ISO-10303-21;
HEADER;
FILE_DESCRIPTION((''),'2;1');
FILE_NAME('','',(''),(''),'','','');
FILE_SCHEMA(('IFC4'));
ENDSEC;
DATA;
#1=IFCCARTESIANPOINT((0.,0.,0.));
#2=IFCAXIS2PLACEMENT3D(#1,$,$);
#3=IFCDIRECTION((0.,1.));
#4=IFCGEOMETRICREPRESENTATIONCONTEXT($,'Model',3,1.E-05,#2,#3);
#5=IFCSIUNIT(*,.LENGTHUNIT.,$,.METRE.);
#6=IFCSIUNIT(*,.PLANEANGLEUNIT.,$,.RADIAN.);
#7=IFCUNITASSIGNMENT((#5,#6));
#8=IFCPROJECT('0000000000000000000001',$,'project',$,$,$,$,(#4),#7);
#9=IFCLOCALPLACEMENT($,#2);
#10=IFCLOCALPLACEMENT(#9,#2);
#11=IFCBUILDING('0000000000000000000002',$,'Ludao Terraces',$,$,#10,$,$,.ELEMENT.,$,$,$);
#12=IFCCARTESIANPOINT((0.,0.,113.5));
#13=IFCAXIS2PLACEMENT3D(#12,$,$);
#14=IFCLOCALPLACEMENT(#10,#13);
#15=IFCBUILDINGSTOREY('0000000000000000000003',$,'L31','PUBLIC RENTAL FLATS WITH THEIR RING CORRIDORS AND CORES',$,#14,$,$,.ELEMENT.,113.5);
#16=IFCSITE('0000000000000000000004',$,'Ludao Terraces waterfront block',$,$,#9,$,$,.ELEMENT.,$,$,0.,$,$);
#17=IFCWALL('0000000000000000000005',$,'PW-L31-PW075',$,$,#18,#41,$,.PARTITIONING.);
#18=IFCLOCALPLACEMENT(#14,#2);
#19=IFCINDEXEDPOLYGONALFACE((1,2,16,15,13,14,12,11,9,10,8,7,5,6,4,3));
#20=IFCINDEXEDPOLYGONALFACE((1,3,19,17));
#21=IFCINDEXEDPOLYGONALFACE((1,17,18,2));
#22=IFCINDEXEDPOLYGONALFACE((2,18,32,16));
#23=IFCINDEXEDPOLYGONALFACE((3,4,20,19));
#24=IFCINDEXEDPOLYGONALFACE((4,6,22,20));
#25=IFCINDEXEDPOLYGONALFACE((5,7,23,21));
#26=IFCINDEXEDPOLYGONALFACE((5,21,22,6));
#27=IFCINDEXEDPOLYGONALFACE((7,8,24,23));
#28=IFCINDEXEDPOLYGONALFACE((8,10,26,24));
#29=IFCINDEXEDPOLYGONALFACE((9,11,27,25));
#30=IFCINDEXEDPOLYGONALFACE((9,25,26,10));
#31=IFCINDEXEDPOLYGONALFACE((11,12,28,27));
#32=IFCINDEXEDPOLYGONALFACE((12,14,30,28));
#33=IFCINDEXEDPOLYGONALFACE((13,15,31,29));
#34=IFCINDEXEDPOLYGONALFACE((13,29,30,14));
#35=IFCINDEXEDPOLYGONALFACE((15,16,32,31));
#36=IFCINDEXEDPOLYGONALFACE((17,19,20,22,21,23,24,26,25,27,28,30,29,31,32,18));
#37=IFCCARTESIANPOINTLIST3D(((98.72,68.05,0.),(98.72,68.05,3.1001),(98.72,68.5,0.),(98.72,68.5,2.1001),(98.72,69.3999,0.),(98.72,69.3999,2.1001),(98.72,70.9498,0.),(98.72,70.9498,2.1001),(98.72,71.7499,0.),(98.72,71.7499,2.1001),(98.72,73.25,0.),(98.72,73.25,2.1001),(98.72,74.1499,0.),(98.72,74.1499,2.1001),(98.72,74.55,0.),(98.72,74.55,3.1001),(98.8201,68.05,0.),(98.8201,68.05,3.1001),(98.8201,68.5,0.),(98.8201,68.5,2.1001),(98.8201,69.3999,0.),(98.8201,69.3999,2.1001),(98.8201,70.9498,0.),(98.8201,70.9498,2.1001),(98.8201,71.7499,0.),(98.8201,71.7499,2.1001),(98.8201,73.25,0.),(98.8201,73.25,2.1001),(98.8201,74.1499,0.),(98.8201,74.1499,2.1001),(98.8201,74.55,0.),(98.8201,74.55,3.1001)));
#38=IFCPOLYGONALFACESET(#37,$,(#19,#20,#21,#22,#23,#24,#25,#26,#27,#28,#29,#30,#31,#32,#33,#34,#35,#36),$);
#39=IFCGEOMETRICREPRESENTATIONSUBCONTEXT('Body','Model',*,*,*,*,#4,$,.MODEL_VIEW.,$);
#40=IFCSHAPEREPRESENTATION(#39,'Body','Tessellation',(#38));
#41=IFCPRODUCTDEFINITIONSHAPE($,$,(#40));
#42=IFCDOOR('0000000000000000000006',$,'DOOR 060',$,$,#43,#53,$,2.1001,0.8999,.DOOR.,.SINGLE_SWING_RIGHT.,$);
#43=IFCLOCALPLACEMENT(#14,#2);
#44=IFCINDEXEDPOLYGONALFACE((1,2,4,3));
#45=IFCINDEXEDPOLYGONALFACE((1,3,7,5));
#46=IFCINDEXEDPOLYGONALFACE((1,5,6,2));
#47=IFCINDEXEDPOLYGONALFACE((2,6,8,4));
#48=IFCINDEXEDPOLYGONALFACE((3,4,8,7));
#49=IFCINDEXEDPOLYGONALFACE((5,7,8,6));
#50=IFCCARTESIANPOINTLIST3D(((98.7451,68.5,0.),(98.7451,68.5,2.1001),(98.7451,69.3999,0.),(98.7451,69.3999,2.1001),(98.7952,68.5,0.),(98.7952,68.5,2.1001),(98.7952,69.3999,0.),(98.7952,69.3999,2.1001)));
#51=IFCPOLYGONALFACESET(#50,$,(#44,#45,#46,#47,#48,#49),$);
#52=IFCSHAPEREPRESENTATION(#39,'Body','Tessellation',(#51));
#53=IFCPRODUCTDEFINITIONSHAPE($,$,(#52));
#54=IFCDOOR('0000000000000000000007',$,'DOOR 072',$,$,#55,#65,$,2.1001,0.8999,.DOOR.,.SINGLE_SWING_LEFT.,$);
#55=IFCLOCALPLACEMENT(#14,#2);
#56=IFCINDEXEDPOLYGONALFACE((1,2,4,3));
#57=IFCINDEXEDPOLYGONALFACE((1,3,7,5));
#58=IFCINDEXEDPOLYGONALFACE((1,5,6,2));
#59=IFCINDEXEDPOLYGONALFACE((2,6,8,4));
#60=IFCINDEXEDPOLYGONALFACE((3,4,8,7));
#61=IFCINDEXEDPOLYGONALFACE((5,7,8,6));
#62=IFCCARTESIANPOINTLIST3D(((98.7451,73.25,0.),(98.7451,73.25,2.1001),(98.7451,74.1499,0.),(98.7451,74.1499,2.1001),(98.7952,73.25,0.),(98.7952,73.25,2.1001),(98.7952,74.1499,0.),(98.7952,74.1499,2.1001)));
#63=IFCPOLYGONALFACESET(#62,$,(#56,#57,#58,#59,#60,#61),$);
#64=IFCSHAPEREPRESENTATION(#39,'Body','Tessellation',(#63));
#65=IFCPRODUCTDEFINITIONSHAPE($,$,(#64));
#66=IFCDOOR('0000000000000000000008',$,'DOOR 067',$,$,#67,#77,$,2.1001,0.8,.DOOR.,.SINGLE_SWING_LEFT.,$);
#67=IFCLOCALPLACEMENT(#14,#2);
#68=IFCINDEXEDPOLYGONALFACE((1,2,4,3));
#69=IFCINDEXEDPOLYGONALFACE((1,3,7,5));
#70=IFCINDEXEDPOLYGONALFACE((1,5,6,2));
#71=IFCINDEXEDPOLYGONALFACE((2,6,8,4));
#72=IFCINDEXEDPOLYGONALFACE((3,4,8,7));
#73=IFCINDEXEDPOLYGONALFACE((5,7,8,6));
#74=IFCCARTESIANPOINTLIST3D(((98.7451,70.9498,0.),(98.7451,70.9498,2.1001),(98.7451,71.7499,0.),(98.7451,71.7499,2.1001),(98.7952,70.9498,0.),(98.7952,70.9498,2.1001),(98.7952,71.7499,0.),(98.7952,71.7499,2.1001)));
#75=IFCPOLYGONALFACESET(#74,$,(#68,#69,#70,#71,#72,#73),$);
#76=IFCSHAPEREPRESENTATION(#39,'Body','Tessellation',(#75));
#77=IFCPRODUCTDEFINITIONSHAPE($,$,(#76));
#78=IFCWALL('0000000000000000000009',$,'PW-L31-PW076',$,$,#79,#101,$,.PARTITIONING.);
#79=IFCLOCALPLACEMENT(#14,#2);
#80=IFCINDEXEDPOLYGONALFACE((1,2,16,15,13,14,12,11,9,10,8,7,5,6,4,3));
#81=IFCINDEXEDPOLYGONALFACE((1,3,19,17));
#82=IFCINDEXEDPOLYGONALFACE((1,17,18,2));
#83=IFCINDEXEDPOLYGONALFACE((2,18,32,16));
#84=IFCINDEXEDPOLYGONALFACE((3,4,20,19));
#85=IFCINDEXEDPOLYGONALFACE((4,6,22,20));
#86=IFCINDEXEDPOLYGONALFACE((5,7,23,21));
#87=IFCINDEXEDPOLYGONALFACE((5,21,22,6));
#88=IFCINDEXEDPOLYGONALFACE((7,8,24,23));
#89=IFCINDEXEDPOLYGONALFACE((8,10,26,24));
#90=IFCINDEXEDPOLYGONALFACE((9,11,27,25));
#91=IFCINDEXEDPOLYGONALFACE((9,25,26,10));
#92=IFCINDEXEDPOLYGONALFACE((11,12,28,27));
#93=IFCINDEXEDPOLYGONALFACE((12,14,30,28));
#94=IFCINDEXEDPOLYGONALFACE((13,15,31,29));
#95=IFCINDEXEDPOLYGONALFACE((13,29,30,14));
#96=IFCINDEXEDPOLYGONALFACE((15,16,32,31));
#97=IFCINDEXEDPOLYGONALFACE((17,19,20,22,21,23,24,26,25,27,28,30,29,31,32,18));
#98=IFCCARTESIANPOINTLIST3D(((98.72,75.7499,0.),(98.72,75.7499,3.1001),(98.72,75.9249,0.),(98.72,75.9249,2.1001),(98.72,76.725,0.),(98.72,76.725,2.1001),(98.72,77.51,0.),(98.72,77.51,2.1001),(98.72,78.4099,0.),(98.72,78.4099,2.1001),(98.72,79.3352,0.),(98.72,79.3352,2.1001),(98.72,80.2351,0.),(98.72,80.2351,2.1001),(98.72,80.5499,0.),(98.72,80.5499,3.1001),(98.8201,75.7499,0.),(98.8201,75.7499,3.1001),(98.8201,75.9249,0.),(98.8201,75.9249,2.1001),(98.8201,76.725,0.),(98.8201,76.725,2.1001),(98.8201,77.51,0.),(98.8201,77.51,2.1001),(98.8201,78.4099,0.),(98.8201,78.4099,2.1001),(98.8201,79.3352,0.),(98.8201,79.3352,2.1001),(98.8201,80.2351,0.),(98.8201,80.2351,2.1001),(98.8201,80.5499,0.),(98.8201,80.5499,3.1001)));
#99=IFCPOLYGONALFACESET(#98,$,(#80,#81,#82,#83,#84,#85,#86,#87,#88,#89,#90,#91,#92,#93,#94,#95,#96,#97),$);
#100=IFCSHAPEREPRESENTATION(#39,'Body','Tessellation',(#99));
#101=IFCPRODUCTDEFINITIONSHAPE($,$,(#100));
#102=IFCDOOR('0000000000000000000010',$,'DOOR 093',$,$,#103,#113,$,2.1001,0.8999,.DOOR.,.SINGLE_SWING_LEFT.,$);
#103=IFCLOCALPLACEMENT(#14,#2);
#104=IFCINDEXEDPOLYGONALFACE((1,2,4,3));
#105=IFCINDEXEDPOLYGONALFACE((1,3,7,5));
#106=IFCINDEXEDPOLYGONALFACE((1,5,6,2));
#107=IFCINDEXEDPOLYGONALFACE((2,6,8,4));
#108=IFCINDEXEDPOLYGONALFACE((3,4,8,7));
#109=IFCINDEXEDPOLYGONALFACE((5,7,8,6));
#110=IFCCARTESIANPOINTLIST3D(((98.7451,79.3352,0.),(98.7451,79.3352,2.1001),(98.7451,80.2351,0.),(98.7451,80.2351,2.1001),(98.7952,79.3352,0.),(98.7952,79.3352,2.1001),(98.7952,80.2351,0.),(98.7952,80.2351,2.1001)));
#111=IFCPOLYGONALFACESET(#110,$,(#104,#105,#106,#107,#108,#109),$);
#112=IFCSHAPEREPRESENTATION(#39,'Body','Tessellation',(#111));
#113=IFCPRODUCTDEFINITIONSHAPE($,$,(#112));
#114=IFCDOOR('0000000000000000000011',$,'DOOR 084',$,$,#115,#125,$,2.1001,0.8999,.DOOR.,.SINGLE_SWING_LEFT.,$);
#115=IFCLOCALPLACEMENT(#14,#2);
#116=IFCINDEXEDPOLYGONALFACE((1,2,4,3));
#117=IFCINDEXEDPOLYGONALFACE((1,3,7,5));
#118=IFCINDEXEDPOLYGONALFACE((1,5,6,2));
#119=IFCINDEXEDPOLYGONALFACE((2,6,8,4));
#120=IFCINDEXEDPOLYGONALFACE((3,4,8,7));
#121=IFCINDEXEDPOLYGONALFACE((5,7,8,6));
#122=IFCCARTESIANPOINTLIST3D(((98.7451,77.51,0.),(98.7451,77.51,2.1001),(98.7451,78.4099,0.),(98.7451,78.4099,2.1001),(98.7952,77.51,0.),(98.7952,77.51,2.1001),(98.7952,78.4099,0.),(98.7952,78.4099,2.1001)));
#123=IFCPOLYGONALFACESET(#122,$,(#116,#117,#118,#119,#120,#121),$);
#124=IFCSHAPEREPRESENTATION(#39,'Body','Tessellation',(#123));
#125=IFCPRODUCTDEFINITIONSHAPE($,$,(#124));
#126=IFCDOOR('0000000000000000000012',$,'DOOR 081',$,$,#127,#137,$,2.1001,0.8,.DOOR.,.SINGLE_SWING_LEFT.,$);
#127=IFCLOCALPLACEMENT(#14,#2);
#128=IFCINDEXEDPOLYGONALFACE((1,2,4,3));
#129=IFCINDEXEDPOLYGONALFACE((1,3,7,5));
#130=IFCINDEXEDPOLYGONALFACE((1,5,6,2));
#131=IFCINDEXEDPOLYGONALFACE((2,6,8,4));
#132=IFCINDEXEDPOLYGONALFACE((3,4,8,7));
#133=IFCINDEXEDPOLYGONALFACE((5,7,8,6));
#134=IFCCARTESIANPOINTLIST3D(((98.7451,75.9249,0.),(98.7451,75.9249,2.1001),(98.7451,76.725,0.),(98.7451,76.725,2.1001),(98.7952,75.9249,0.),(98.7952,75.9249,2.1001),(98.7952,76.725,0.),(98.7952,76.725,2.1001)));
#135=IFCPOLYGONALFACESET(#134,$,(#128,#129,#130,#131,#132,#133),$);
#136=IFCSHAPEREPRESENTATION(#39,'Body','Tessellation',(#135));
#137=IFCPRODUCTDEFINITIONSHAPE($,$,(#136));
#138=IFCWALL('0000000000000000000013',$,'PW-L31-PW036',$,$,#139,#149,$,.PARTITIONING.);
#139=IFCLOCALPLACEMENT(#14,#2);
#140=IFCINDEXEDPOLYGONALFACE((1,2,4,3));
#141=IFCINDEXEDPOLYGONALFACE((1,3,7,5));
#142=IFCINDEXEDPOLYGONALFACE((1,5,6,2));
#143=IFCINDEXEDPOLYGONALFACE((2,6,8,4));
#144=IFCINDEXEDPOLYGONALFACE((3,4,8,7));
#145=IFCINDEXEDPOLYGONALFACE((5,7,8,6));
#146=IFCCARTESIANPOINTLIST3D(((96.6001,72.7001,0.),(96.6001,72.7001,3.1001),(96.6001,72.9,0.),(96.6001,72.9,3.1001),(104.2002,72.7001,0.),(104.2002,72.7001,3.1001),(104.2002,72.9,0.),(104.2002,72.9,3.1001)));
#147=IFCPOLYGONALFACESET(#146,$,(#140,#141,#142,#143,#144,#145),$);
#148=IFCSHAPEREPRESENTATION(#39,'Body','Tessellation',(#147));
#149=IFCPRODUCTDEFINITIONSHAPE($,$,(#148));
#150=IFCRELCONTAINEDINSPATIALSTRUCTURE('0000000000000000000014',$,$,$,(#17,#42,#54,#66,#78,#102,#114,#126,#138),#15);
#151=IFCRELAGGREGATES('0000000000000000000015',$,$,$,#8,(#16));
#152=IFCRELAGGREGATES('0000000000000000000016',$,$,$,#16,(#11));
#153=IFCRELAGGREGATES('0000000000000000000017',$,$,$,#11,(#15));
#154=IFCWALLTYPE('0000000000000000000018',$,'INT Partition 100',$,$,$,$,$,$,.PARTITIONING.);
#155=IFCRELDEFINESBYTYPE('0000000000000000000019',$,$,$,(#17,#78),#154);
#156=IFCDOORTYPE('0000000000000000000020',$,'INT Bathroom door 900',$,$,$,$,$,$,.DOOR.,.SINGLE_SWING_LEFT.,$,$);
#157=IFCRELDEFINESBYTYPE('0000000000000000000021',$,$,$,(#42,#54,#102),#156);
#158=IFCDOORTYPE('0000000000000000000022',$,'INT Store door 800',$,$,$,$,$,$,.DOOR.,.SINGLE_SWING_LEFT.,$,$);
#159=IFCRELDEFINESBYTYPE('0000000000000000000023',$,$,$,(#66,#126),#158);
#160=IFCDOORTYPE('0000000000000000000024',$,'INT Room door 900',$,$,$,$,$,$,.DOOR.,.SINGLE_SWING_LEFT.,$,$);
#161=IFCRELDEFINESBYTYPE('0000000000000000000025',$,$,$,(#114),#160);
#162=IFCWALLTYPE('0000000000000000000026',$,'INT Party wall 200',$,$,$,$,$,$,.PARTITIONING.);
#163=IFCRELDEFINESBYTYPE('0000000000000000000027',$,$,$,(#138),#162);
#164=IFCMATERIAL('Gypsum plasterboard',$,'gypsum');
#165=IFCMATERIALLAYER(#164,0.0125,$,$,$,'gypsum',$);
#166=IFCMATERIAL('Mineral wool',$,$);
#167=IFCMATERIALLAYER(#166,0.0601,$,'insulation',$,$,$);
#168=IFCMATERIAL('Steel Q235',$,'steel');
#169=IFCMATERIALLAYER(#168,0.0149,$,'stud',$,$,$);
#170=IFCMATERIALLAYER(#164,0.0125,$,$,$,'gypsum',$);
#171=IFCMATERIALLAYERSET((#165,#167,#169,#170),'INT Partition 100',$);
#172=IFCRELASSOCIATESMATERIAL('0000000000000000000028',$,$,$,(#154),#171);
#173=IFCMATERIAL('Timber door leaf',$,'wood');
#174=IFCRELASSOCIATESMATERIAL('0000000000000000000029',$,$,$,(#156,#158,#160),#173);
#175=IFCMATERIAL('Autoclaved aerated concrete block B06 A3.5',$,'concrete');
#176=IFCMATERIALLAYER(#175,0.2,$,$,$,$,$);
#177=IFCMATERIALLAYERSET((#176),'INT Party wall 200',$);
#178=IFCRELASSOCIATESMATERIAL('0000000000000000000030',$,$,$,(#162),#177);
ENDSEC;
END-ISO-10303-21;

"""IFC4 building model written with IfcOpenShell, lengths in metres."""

from ifc_helpers import new_model, si_unit, direction, frame, frame_2d, origin, place, context, subcontext, project, spatial, rectangle, extrude, material, layer, layer_set, type_object, element, fill, save


model = new_model("IFC4")

# Units and contexts
model_context = context("Model", 3, precision=1e-05, world=origin(), true_north=direction((0.0, 1.0)))
body_context = subcontext(model_context, "Body", "Model", "MODEL_VIEW")
ifc_project = project(units=[si_unit("LENGTHUNIT", "METRE"), si_unit("PLANEANGLEUNIT", "RADIAN")], contexts=[model_context])

# Site, building, storey
site_placement = place(None, origin())
site = spatial("IfcSite", under=ifc_project, at=site_placement, Name="Ludao Terraces waterfront block", CompositionType="ELEMENT", RefElevation=0.0)
building_placement = place(site_placement, origin())
building = spatial("IfcBuilding", under=site, at=building_placement, Name="Ludao Terraces", CompositionType="ELEMENT")
storey_placement = place(building_placement, frame((0.0, 0.0, 113.5)))
storey = spatial("IfcBuildingStorey", under=building, at=storey_placement, Name="L31", Description="PUBLIC RENTAL FLATS WITH THEIR RING CORRIDORS AND CORES", CompositionType="ELEMENT", Elevation=113.5)

# Shared definitions
ifc_material_1 = material(Name="Mineral wool")

# Shared definitions
ifc_material_2 = material(Name="Gypsum plasterboard", Category="gypsum")
ifc_layer_1 = layer(ifc_material_2, 0.0125, Category="gypsum")
ifc_layer_2 = layer(ifc_material_1, 0.0601, Name="insulation")
ifc_material_3 = material(Name="Steel Q235", Category="steel")
ifc_layer_3 = layer(ifc_material_3, 0.0149, Name="stud")
ifc_layer_4 = layer(ifc_material_2, 0.0125, Category="gypsum")
ifc_layer_set_1 = layer_set([ifc_layer_1, ifc_layer_2, ifc_layer_3, ifc_layer_4], Name="INT Partition 100")
wall_type_1 = type_object("IfcWallType", Name="INT Partition 100", PredefinedType="PARTITIONING", material=ifc_layer_set_1)

# Walls, openings, doors
wall_1_placement = place(storey_placement, frame((98.77, 68.05, 0.0), z_axis=(0.0, 0.0, 1.0), x_axis=(0.0, 1.0, 0.0)))
wall_1 = element("IfcWall", 1, at=wall_1_placement, inside=storey, type_object=wall_type_1, Name="PW-L31-PW075", PredefinedType="PARTITIONING", context=body_context, shape_type="SweptSolid", body=[
    extrude(rectangle(XDim=6.5, YDim=0.1001, at=frame_2d((3.25, 0.0))), origin(), (0.0, 0.0, 1.0), 3.1001),
])
opening_1_placement = place(wall_1_placement, frame((0.45, 0.0, 0.0)))
opening_1 = element("IfcOpeningElement", 2, at=opening_1_placement, cuts=wall_1, PredefinedType="OPENING", context=body_context, shape_type="SweptSolid", body=[
    extrude(rectangle(XDim=0.8999, YDim=2.1001, at=frame_2d((0.45, 1.05))), frame((0.0, 0.0601, 0.0), z_axis=(0.0, -1.0, 0.0), x_axis=(1.0, 0.0, 0.0)), (0.0, 0.0, 1.0), 0.1201),
])
opening_2_placement = place(wall_1_placement, frame((2.8999, 0.0, 0.0)))
opening_2 = element("IfcOpeningElement", 3, at=opening_2_placement, cuts=wall_1, PredefinedType="OPENING", context=body_context, shape_type="SweptSolid", body=[
    extrude(rectangle(XDim=0.8, YDim=2.1001, at=frame_2d((0.3999, 1.05))), frame((0.0, 0.0601, 0.0), z_axis=(0.0, -1.0, 0.0), x_axis=(1.0, 0.0, 0.0)), (0.0, 0.0, 1.0), 0.1201),
])
opening_3_placement = place(wall_1_placement, frame((5.2, 0.0, 0.0)))
opening_3 = element("IfcOpeningElement", 4, at=opening_3_placement, cuts=wall_1, PredefinedType="OPENING", context=body_context, shape_type="SweptSolid", body=[
    extrude(rectangle(XDim=0.8999, YDim=2.1001, at=frame_2d((0.45, 1.05))), frame((0.0, 0.0601, 0.0), z_axis=(0.0, -1.0, 0.0), x_axis=(1.0, 0.0, 0.0)), (0.0, 0.0, 1.0), 0.1201),
])
ifc_material_4 = material(Name="Timber door leaf", Category="wood")
door_type_1 = type_object("IfcDoorType", Name="INT Bathroom door 900", OperationType="SINGLE_SWING_LEFT", PredefinedType="DOOR", material=ifc_material_4)
door_1_placement = place(opening_1_placement, origin())
door_1 = element("IfcDoor", 5, at=door_1_placement, inside=storey, type_object=door_type_1, Name="DOOR 060", OperationType="SINGLE_SWING_RIGHT", OverallHeight=2.1001, OverallWidth=0.8999, PredefinedType="DOOR", context=body_context, shape_type="SweptSolid", body=[
    extrude(rectangle(XDim=0.8999, YDim=2.1001, at=frame_2d((0.45, 1.05))), frame((0.0, 0.0249, 0.0), z_axis=(0.0, -1.0, 0.0), x_axis=(1.0, 0.0, 0.0)), (0.0, 0.0, 1.0), 0.05),
])
fill(opening_1, door_1)
door_2_placement = place(opening_3_placement, origin())
door_2 = element("IfcDoor", 6, at=door_2_placement, inside=storey, type_object=door_type_1, Name="DOOR 072", OperationType="SINGLE_SWING_LEFT", OverallHeight=2.1001, OverallWidth=0.8999, PredefinedType="DOOR", context=body_context, shape_type="SweptSolid", body=[
    extrude(rectangle(XDim=0.8999, YDim=2.1001, at=frame_2d((0.45, 1.05))), frame((0.0, 0.0249, 0.0), z_axis=(0.0, -1.0, 0.0), x_axis=(1.0, 0.0, 0.0)), (0.0, 0.0, 1.0), 0.05),
])
fill(opening_3, door_2)
door_type_2 = type_object("IfcDoorType", Name="INT Store door 800", OperationType="SINGLE_SWING_LEFT", PredefinedType="DOOR", material=ifc_material_4)
door_3_placement = place(opening_2_placement, origin())
door_3 = element("IfcDoor", 7, at=door_3_placement, inside=storey, type_object=door_type_2, Name="DOOR 067", OperationType="SINGLE_SWING_LEFT", OverallHeight=2.1001, OverallWidth=0.8, PredefinedType="DOOR", context=body_context, shape_type="SweptSolid", body=[
    extrude(rectangle(XDim=0.8, YDim=2.1001, at=frame_2d((0.3999, 1.05))), frame((0.0, 0.0249, 0.0), z_axis=(0.0, -1.0, 0.0), x_axis=(1.0, 0.0, 0.0)), (0.0, 0.0, 1.0), 0.05),
])
fill(opening_2, door_3)
wall_2_placement = place(storey_placement, frame((98.77, 75.75, 0.0), z_axis=(0.0, 0.0, 1.0), x_axis=(0.0, 1.0, 0.0)))
wall_2 = element("IfcWall", 8, at=wall_2_placement, inside=storey, type_object=wall_type_1, Name="PW-L31-PW076", PredefinedType="PARTITIONING", context=body_context, shape_type="SweptSolid", body=[
    extrude(rectangle(XDim=4.8, YDim=0.1001, at=frame_2d((2.3999, 0.0))), origin(), (0.0, 0.0, 1.0), 3.1001),
])
opening_4_placement = place(wall_2_placement, frame((0.175, 0.0, 0.0)))
opening_4 = element("IfcOpeningElement", 9, at=opening_4_placement, cuts=wall_2, PredefinedType="OPENING", context=body_context, shape_type="SweptSolid", body=[
    extrude(rectangle(XDim=0.8, YDim=2.1001, at=frame_2d((0.3999, 1.05))), frame((0.0, 0.0601, 0.0), z_axis=(0.0, -1.0, 0.0), x_axis=(1.0, 0.0, 0.0)), (0.0, 0.0, 1.0), 0.1201),
])
opening_5_placement = place(wall_2_placement, frame((1.76, 0.0, 0.0)))
opening_5 = element("IfcOpeningElement", 10, at=opening_5_placement, cuts=wall_2, PredefinedType="OPENING", context=body_context, shape_type="SweptSolid", body=[
    extrude(rectangle(XDim=0.8999, YDim=2.1001, at=frame_2d((0.45, 1.05))), frame((0.0, 0.0601, 0.0), z_axis=(0.0, -1.0, 0.0), x_axis=(1.0, 0.0, 0.0)), (0.0, 0.0, 1.0), 0.1201),
])
opening_6_placement = place(wall_2_placement, frame((3.5852, 0.0, 0.0)))
opening_6 = element("IfcOpeningElement", 11, at=opening_6_placement, cuts=wall_2, PredefinedType="OPENING", context=body_context, shape_type="SweptSolid", body=[
    extrude(rectangle(XDim=0.8999, YDim=2.1001, at=frame_2d((0.45, 1.05))), frame((0.0, 0.0601, 0.0), z_axis=(0.0, -1.0, 0.0), x_axis=(1.0, 0.0, 0.0)), (0.0, 0.0, 1.0), 0.1201),
])
door_4_placement = place(opening_6_placement, origin())
door_4 = element("IfcDoor", 12, at=door_4_placement, inside=storey, type_object=door_type_1, Name="DOOR 093", OperationType="SINGLE_SWING_LEFT", OverallHeight=2.1001, OverallWidth=0.8999, PredefinedType="DOOR", context=body_context, shape_type="SweptSolid", body=[
    extrude(rectangle(XDim=0.8999, YDim=2.1001, at=frame_2d((0.45, 1.05))), frame((0.0, 0.0249, 0.0), z_axis=(0.0, -1.0, 0.0), x_axis=(1.0, 0.0, 0.0)), (0.0, 0.0, 1.0), 0.05),
])
fill(opening_6, door_4)
door_type_3 = type_object("IfcDoorType", Name="INT Room door 900", OperationType="SINGLE_SWING_LEFT", PredefinedType="DOOR", material=ifc_material_4)
door_5_placement = place(opening_5_placement, origin())
door_5 = element("IfcDoor", 13, at=door_5_placement, inside=storey, type_object=door_type_3, Name="DOOR 084", OperationType="SINGLE_SWING_LEFT", OverallHeight=2.1001, OverallWidth=0.8999, PredefinedType="DOOR", context=body_context, shape_type="SweptSolid", body=[
    extrude(rectangle(XDim=0.8999, YDim=2.1001, at=frame_2d((0.45, 1.05))), frame((0.0, 0.0249, 0.0), z_axis=(0.0, -1.0, 0.0), x_axis=(1.0, 0.0, 0.0)), (0.0, 0.0, 1.0), 0.05),
])
fill(opening_5, door_5)
door_6_placement = place(opening_4_placement, origin())
door_6 = element("IfcDoor", 14, at=door_6_placement, inside=storey, type_object=door_type_2, Name="DOOR 081", OperationType="SINGLE_SWING_LEFT", OverallHeight=2.1001, OverallWidth=0.8, PredefinedType="DOOR", context=body_context, shape_type="SweptSolid", body=[
    extrude(rectangle(XDim=0.8, YDim=2.1001, at=frame_2d((0.3999, 1.05))), frame((0.0, 0.0249, 0.0), z_axis=(0.0, -1.0, 0.0), x_axis=(1.0, 0.0, 0.0)), (0.0, 0.0, 1.0), 0.05),
])
fill(opening_4, door_6)

# Wall
ifc_material_5 = material(Name="Autoclaved aerated concrete block B06 A3.5", Category="concrete")
ifc_layer_5 = layer(ifc_material_5, 0.2)
ifc_layer_set_2 = layer_set([ifc_layer_5], Name="INT Party wall 200")
wall_type_2 = type_object("IfcWallType", Name="INT Party wall 200", PredefinedType="PARTITIONING", material=ifc_layer_set_2)
wall_3_placement = place(storey_placement, frame((96.6001, 72.8, 0.0), z_axis=(0.0, 0.0, 1.0), x_axis=(1.0, 0.0, 0.0)))
element("IfcWall", 15, at=wall_3_placement, inside=storey, type_object=wall_type_2, Name="PW-L31-PW036", PredefinedType="PARTITIONING", context=body_context, shape_type="SweptSolid", body=[
    extrude(rectangle(XDim=7.6001, YDim=0.2, at=frame_2d((3.8, 0.0))), origin(), (0.0, 0.0, 1.0), 3.1001),
])

save(model, "model.ifc")
